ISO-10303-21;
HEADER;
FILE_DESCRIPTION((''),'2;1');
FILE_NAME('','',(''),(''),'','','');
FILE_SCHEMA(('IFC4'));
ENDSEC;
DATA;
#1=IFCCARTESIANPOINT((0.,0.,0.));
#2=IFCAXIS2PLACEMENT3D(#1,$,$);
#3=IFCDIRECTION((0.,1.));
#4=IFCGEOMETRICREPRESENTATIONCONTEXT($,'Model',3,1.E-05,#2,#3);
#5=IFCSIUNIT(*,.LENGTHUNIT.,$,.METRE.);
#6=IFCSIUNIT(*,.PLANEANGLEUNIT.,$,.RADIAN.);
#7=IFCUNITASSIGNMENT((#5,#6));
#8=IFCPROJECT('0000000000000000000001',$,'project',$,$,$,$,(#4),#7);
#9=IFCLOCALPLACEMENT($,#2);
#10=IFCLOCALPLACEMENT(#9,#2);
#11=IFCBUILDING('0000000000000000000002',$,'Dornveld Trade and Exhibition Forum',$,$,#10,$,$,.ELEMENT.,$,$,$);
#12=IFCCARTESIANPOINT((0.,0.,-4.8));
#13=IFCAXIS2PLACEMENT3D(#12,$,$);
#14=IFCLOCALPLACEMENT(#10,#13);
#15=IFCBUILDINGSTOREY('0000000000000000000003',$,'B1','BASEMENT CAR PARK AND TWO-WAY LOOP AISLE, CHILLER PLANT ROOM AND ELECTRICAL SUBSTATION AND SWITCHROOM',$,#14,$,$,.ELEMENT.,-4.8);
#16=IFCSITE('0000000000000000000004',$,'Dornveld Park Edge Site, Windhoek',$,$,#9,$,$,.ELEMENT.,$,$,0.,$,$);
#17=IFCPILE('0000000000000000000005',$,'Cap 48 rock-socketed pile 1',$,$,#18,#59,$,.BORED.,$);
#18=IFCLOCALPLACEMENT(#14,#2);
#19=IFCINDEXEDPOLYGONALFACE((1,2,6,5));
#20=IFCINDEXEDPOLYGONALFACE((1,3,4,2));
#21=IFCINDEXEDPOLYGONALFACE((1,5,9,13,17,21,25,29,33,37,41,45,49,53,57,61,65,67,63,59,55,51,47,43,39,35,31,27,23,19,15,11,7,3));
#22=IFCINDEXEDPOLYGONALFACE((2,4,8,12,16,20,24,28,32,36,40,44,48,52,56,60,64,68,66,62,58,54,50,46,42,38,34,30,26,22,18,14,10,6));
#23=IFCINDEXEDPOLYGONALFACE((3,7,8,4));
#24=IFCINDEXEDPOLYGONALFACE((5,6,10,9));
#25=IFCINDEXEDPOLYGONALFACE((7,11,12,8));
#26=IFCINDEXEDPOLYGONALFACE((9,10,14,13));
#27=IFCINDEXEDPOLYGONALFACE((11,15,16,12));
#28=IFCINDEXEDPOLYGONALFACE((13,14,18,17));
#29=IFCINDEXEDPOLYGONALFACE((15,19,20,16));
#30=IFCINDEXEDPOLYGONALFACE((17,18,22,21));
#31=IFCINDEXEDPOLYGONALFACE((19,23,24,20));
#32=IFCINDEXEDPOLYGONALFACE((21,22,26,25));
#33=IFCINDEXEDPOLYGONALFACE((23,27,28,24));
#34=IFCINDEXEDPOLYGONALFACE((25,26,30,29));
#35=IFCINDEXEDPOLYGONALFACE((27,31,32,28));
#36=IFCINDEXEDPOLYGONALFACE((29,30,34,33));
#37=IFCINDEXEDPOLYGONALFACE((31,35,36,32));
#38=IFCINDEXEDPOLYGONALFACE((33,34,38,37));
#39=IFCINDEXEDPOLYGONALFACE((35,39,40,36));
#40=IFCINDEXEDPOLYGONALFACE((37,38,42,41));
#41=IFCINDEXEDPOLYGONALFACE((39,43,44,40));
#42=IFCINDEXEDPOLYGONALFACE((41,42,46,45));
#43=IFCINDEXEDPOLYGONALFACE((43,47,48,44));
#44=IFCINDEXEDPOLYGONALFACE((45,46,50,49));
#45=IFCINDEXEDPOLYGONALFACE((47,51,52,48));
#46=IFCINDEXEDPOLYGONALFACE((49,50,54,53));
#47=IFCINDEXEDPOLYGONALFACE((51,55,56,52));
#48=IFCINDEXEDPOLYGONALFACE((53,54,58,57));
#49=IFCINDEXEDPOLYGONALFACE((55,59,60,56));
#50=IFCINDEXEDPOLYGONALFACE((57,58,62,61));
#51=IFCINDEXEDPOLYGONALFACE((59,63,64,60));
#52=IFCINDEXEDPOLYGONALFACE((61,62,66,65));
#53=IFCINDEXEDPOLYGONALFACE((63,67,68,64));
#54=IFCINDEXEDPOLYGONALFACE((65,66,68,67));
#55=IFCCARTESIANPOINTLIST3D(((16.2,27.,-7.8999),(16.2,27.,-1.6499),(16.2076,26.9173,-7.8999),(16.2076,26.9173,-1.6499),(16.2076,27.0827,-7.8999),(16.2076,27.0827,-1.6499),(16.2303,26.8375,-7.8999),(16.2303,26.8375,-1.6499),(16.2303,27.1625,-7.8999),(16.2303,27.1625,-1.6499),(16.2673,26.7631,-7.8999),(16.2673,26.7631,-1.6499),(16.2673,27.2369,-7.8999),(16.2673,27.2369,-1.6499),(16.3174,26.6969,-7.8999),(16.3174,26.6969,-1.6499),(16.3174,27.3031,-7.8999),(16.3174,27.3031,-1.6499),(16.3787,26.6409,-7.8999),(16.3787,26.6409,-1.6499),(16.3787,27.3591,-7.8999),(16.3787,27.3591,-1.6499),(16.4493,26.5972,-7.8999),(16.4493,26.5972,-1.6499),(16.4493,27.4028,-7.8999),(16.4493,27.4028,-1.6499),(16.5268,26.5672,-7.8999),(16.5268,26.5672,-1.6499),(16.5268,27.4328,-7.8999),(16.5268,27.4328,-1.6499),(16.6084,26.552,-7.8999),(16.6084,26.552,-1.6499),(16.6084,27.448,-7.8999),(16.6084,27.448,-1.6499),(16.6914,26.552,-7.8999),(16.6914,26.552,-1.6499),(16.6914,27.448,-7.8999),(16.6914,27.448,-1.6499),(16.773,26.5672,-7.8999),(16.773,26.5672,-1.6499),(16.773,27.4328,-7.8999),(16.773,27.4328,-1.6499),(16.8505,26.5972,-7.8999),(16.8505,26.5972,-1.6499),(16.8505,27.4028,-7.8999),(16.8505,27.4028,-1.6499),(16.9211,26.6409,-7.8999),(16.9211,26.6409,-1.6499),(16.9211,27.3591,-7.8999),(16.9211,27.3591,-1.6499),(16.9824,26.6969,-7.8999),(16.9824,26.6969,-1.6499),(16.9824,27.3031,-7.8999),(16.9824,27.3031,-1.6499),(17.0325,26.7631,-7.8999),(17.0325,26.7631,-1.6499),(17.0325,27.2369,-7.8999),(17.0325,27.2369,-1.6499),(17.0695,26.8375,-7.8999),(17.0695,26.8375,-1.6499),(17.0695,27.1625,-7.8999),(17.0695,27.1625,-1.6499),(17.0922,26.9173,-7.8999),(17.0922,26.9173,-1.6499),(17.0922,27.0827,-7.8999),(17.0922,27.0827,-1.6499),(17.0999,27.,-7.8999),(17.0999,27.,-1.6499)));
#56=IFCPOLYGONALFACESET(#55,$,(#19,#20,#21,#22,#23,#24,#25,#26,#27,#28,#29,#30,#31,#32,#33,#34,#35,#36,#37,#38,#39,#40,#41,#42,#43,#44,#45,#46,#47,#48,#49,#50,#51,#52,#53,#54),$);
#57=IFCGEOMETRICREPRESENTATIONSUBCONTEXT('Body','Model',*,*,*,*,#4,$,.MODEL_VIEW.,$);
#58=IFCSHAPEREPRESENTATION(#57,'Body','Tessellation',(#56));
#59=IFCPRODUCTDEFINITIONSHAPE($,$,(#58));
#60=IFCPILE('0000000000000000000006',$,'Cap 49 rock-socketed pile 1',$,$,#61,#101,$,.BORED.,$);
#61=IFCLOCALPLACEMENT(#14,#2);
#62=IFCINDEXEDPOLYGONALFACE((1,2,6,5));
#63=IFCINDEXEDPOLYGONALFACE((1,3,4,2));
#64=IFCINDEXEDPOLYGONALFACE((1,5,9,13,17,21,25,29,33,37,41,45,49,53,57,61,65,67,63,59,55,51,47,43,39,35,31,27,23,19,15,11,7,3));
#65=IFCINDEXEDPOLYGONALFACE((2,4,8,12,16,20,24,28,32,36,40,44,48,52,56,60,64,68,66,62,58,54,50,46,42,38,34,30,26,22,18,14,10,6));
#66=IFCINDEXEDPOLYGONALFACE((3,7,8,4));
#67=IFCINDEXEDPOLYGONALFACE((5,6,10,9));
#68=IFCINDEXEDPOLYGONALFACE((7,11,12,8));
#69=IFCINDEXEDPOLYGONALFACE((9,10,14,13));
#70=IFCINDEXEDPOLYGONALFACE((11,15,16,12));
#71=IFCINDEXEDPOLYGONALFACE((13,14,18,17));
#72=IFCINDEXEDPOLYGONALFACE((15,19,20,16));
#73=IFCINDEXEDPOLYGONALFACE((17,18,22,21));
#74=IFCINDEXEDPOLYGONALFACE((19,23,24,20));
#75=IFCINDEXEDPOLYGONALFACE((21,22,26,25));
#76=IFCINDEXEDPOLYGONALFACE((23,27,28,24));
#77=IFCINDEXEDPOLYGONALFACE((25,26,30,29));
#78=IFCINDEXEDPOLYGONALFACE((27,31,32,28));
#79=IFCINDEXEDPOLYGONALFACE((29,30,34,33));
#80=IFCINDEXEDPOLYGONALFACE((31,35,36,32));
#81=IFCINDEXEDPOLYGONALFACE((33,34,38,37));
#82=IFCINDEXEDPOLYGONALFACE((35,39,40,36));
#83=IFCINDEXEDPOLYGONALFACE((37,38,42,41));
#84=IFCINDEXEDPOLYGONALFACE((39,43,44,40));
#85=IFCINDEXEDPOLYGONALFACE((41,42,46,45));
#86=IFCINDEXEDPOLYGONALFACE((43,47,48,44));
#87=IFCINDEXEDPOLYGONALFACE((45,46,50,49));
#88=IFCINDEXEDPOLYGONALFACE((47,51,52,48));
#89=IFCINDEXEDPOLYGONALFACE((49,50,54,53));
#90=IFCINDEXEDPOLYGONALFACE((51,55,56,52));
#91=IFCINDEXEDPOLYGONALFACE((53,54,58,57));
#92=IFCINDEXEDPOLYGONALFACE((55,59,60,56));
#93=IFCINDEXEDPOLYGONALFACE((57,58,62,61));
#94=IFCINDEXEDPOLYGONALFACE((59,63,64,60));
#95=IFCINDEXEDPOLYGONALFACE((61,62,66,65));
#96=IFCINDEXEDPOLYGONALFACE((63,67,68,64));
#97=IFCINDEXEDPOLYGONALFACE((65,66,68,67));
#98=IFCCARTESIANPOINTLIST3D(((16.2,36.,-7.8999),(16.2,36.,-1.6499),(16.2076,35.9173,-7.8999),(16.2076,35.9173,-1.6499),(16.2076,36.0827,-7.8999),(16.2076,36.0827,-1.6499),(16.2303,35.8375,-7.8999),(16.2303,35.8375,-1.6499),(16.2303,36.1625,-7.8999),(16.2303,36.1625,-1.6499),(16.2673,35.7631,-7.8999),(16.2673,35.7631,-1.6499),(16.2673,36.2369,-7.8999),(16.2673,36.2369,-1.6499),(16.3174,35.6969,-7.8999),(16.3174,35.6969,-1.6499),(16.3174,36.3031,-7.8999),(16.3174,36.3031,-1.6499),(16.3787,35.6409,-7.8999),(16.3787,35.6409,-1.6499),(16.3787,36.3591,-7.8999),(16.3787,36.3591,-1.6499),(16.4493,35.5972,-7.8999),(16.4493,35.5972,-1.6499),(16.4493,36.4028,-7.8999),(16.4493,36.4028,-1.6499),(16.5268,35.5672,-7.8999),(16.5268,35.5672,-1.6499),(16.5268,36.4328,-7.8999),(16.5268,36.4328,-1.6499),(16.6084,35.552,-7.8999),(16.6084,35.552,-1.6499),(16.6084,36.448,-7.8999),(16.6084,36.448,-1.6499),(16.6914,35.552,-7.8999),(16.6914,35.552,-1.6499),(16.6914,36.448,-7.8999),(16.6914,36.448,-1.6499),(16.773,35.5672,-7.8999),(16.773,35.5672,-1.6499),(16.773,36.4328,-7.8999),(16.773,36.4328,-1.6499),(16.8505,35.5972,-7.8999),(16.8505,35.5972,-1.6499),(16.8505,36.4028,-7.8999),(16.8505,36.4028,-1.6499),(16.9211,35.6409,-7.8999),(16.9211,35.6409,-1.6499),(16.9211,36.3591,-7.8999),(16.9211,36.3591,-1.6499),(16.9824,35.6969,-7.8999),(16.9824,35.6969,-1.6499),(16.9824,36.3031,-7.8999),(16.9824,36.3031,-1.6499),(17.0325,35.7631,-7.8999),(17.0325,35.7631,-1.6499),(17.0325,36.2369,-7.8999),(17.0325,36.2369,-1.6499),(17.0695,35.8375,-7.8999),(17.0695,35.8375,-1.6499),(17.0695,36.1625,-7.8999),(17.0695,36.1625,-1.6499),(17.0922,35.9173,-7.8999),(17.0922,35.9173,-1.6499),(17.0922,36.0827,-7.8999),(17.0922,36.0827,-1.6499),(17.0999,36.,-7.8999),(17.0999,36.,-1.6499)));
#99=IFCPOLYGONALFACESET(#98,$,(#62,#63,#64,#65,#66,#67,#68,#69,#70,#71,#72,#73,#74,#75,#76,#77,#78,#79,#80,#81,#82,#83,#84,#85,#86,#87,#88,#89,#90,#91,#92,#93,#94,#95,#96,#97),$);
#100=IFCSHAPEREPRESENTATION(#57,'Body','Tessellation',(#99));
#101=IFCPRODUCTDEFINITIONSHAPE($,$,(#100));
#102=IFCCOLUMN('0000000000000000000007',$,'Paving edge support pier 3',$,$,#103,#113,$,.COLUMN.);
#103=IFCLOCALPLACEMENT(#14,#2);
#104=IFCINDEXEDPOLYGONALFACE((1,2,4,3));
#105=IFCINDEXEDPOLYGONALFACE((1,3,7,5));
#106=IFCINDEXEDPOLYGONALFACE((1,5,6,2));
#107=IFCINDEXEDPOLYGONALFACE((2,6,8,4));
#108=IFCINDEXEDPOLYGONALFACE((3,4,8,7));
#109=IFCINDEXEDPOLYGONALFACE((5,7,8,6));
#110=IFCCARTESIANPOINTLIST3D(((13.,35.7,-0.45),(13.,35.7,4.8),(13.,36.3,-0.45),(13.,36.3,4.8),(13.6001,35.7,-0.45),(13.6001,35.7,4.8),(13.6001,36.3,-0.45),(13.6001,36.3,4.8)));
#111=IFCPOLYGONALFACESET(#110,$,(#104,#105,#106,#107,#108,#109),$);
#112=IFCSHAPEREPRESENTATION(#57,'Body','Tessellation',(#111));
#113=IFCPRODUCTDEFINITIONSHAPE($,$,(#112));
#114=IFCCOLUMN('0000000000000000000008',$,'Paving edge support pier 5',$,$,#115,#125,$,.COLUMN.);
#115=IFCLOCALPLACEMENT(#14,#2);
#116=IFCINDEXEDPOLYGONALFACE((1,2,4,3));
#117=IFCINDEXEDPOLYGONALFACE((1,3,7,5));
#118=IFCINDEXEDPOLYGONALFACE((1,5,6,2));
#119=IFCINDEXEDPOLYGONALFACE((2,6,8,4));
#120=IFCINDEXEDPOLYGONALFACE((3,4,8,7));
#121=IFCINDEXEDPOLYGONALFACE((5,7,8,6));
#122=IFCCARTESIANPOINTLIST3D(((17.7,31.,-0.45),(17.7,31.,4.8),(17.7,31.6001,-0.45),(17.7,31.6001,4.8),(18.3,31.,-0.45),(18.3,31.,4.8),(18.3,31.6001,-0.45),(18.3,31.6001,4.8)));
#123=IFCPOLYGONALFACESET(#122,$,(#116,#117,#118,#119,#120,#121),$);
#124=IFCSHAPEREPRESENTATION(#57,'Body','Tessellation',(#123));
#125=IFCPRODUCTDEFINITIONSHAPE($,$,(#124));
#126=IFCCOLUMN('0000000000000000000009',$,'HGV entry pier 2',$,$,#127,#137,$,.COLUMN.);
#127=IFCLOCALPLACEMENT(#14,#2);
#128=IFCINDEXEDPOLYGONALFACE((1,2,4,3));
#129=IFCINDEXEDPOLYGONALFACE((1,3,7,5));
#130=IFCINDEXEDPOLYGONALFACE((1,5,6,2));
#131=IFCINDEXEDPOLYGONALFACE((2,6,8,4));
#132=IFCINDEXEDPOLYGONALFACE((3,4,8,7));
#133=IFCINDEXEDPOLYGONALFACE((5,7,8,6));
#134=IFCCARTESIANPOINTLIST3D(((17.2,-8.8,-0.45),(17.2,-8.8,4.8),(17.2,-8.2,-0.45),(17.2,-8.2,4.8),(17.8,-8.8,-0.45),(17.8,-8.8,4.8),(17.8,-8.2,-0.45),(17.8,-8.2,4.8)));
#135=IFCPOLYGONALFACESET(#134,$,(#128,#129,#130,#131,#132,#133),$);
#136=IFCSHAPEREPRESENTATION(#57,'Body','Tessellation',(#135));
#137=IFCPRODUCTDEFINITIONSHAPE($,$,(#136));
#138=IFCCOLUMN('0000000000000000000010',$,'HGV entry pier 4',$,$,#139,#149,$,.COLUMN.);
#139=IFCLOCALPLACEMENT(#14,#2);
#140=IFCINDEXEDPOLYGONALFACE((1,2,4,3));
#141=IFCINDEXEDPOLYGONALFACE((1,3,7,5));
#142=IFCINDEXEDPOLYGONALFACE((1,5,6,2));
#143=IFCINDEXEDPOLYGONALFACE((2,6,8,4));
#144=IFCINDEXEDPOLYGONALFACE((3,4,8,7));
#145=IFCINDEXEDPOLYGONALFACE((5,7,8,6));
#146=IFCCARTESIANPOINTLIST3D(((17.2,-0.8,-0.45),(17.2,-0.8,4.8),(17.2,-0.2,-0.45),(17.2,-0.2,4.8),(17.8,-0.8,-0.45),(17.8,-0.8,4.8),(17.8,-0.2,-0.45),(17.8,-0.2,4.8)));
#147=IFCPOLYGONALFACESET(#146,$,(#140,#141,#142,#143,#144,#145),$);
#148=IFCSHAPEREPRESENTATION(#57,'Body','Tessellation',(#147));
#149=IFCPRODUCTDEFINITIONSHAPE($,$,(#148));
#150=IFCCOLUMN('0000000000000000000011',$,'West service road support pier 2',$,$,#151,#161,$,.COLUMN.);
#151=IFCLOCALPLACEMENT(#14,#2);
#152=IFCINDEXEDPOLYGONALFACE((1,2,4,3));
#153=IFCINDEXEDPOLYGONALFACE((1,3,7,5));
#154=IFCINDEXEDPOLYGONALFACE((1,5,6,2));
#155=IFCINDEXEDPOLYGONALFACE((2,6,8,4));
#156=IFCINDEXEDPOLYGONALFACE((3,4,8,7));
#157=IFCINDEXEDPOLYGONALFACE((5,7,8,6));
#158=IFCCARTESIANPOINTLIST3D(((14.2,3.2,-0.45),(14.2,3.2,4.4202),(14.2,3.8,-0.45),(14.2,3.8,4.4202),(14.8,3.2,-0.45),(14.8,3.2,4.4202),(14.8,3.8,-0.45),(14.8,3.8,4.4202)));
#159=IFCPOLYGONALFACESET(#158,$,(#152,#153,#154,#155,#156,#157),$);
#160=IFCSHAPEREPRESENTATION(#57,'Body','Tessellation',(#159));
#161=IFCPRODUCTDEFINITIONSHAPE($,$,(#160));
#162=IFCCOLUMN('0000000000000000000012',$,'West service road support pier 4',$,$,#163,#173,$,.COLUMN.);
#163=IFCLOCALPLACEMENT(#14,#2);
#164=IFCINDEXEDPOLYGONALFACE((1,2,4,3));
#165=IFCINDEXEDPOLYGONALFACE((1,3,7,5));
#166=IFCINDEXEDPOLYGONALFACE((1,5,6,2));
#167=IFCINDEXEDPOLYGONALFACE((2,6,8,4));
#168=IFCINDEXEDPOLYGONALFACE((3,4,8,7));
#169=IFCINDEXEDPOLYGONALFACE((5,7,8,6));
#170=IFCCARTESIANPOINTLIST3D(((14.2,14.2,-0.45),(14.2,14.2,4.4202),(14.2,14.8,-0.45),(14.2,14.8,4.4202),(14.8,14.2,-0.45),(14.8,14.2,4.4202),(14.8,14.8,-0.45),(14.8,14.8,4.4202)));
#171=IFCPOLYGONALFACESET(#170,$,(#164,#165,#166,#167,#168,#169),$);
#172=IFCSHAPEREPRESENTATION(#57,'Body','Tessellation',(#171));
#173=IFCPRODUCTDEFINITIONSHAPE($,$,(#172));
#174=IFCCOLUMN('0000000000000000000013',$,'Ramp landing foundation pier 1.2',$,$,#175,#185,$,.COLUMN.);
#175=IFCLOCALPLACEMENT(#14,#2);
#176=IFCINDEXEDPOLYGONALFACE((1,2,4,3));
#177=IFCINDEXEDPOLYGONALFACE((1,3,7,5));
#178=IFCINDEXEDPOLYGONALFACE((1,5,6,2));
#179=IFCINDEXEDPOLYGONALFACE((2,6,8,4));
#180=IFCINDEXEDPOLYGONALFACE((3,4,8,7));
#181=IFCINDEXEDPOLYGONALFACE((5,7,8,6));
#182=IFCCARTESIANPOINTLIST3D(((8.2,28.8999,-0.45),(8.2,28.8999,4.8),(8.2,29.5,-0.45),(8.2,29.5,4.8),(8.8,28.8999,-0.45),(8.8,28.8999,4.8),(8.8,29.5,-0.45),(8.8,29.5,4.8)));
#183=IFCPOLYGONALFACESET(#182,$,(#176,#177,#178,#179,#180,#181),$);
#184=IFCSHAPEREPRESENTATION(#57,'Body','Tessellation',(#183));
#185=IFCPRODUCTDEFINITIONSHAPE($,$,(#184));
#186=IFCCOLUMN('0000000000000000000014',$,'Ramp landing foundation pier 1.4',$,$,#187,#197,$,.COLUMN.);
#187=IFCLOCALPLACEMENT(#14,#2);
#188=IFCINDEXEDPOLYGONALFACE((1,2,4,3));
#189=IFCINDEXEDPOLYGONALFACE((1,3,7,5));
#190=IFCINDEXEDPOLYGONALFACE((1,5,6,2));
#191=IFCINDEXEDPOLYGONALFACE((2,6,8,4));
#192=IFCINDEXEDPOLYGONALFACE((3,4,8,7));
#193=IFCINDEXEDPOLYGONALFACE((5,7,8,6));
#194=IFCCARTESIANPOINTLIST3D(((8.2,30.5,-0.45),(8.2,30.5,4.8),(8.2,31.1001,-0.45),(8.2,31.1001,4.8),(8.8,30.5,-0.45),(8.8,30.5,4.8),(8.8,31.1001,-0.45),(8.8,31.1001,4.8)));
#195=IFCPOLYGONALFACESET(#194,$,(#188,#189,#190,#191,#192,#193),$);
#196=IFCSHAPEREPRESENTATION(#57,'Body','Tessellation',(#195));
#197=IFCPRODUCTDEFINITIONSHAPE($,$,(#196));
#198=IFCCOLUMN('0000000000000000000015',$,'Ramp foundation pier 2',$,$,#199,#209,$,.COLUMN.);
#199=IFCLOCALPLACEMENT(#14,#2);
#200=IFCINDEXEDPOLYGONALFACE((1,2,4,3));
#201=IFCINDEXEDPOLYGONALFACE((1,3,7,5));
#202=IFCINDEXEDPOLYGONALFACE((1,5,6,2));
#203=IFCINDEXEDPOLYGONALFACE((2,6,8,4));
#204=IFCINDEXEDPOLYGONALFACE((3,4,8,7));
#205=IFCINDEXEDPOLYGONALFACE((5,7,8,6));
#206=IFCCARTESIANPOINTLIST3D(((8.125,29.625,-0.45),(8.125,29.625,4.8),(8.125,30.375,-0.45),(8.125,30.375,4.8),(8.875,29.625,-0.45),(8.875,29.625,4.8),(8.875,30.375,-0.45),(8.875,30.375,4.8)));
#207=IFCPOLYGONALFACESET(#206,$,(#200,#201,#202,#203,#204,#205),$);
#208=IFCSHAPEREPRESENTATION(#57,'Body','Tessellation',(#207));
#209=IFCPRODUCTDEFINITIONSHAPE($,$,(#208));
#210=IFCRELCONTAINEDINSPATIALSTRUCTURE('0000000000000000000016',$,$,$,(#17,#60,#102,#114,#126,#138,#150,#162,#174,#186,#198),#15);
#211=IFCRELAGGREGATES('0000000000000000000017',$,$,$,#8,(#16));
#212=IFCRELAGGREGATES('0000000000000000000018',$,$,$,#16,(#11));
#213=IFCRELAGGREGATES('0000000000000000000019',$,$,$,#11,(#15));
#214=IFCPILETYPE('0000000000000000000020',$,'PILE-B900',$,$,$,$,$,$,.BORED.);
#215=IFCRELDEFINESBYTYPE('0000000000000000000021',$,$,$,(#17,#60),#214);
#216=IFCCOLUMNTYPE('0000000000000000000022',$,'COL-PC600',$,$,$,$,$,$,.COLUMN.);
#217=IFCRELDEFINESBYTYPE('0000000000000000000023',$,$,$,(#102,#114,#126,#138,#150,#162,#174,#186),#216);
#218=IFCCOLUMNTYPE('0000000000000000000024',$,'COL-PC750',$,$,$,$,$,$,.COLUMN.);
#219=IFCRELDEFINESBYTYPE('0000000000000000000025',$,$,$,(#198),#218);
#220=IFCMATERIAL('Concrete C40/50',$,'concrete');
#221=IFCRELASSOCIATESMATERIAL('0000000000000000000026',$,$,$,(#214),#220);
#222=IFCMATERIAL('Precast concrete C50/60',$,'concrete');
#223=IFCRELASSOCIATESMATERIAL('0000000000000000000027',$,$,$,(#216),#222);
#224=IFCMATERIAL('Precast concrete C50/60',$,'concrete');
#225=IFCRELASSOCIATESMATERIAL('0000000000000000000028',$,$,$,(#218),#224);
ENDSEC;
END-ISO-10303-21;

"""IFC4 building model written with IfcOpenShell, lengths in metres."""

from ifc_helpers import new_model, si_unit, direction, frame, origin, origin_2d, place, context, subcontext, project, spatial, rectangle, circle, extrude, material, material_profile, profile_set, type_object, element, save


model = new_model("IFC4")

# Units and contexts
model_context = context("Model", 3, precision=1e-05, world=origin(), true_north=direction((0.0, 1.0)))
body_context = subcontext(model_context, "Body", "Model", "MODEL_VIEW")
ifc_project = project(units=[si_unit("LENGTHUNIT", "METRE"), si_unit("PLANEANGLEUNIT", "RADIAN")], contexts=[model_context])

# Site, building, storey
site_placement = place(None, origin())
site = spatial("IfcSite", under=ifc_project, at=site_placement, Name="Dornveld Park Edge Site, Windhoek", CompositionType="ELEMENT", RefElevation=0.0)
building_placement = place(site_placement, origin())
building = spatial("IfcBuilding", under=site, at=building_placement, Name="Dornveld Trade and Exhibition Forum", CompositionType="ELEMENT")
storey_placement = place(building_placement, frame((0.0, 0.0, -4.8)))
storey = spatial("IfcBuildingStorey", under=building, at=storey_placement, Name="B1", Description="BASEMENT CAR PARK AND TWO-WAY LOOP AISLE, CHILLER PLANT ROOM AND ELECTRICAL SUBSTATION AND SWITCHROOM", CompositionType="ELEMENT", Elevation=-4.8)

# Piles
ifc_material_1 = material(Name="Concrete C40/50", Category="concrete")
ifc_material_profile_1 = material_profile(ifc_material_1, circle(Radius=0.45, at=origin_2d()), Name="PILE D900")
ifc_profile_set_1 = profile_set([ifc_material_profile_1], Name="Concrete C40/50")
pile_type = type_object("IfcPileType", Name="PILE-B900", PredefinedType="BORED", material=ifc_profile_set_1)
for number, where, z_axis, x_axis, name in (
    (1, (16.6499, 27.0, -1.6499), (0.0, 0.0, -1.0), (1.0, 0.0, 0.0), "Cap 48 rock-socketed pile 1"),
    (2, (16.6499, 36.0, -1.6499), (0.0, 0.0, -1.0), (1.0, 0.0, 0.0), "Cap 49 rock-socketed pile 1"),
):
    element("IfcPile", number, at=place(storey_placement, frame(where, z_axis=z_axis, x_axis=x_axis)), inside=storey, type_object=pile_type, Name=name, PredefinedType="BORED", context=body_context, shape_type="SweptSolid", body=[
        extrude(circle(Radius=0.45, at=origin_2d()), origin(), (0.0, 0.0, 1.0), 6.25),
    ])

# Columns
ifc_material_2 = material(Name="Precast concrete C50/60", Category="concrete")
ifc_material_profile_2 = material_profile(ifc_material_2, rectangle(XDim=0.6001, YDim=0.6001, at=origin_2d()), Name="PC-COL 600x600")
ifc_profile_set_2 = profile_set([ifc_material_profile_2], Name="Precast concrete C50/60")
column_type_1 = type_object("IfcColumnType", Name="COL-PC600", PredefinedType="COLUMN", material=ifc_profile_set_2)
for number, where, z_axis, x_axis, name in (
    (3, (13.3, 36.0, -0.45), (0.0, 0.0, 1.0), (1.0, 0.0, 0.0), "Paving edge support pier 3"),
    (4, (18.0, 31.3, -0.45), (0.0, 0.0, 1.0), (1.0, 0.0, 0.0), "Paving edge support pier 5"),
    (5, (17.5, -8.5, -0.45), (0.0, 0.0, 1.0), (1.0, 0.0, 0.0), "HGV entry pier 2"),
    (6, (17.5, -0.5, -0.45), (0.0, 0.0, 1.0), (1.0, 0.0, 0.0), "HGV entry pier 4"),
):
    element("IfcColumn", number, at=place(storey_placement, frame(where, z_axis=z_axis, x_axis=x_axis)), inside=storey, type_object=column_type_1, Name=name, PredefinedType="COLUMN", context=body_context, shape_type="SweptSolid", body=[
        extrude(rectangle(XDim=0.6001, YDim=0.6001, at=origin_2d()), origin(), (0.0, 0.0, 1.0), 5.25),
    ])
for number, where, z_axis, x_axis, name in (
    (7, (14.5, 3.5, -0.45), (0.0, 0.0, 1.0), (1.0, 0.0, 0.0), "West service road support pier 2"),
    (8, (14.5, 14.5, -0.45), (0.0, 0.0, 1.0), (1.0, 0.0, 0.0), "West service road support pier 4"),
):
    element("IfcColumn", number, at=place(storey_placement, frame(where, z_axis=z_axis, x_axis=x_axis)), inside=storey, type_object=column_type_1, Name=name, PredefinedType="COLUMN", context=body_context, shape_type="SweptSolid", body=[
        extrude(rectangle(XDim=0.6001, YDim=0.6001, at=origin_2d()), origin(), (0.0, 0.0, 1.0), 4.8701),
    ])
for number, where, z_axis, x_axis, name in (
    (9, (8.5, 29.2, -0.45), (0.0, 0.0, 1.0), (1.0, 0.0, 0.0), "Ramp landing foundation pier 1.2"),
    (10, (8.5, 30.8, -0.45), (0.0, 0.0, 1.0), (1.0, 0.0, 0.0), "Ramp landing foundation pier 1.4"),
):
    element("IfcColumn", number, at=place(storey_placement, frame(where, z_axis=z_axis, x_axis=x_axis)), inside=storey, type_object=column_type_1, Name=name, PredefinedType="COLUMN", context=body_context, shape_type="SweptSolid", body=[
        extrude(rectangle(XDim=0.6001, YDim=0.6001, at=origin_2d()), origin(), (0.0, 0.0, 1.0), 5.25),
    ])
ifc_material_3 = material(Name="Precast concrete C50/60", Category="concrete")
ifc_material_profile_3 = material_profile(ifc_material_3, rectangle(XDim=0.75, YDim=0.75, at=origin_2d()), Name="PC-COL 750x750")
ifc_profile_set_3 = profile_set([ifc_material_profile_3], Name="Precast concrete C50/60")
column_type_2 = type_object("IfcColumnType", Name="COL-PC750", PredefinedType="COLUMN", material=ifc_profile_set_3)
column_placement = place(storey_placement, frame((8.5, 30.0, -0.45), z_axis=(0.0, 0.0, 1.0), x_axis=(1.0, 0.0, 0.0)))
element("IfcColumn", 11, at=column_placement, inside=storey, type_object=column_type_2, Name="Ramp foundation pier 2", PredefinedType="COLUMN", context=body_context, shape_type="SweptSolid", body=[
    extrude(rectangle(XDim=0.75, YDim=0.75, at=origin_2d()), origin(), (0.0, 0.0, 1.0), 5.25),
])

save(model, "model.ifc")
